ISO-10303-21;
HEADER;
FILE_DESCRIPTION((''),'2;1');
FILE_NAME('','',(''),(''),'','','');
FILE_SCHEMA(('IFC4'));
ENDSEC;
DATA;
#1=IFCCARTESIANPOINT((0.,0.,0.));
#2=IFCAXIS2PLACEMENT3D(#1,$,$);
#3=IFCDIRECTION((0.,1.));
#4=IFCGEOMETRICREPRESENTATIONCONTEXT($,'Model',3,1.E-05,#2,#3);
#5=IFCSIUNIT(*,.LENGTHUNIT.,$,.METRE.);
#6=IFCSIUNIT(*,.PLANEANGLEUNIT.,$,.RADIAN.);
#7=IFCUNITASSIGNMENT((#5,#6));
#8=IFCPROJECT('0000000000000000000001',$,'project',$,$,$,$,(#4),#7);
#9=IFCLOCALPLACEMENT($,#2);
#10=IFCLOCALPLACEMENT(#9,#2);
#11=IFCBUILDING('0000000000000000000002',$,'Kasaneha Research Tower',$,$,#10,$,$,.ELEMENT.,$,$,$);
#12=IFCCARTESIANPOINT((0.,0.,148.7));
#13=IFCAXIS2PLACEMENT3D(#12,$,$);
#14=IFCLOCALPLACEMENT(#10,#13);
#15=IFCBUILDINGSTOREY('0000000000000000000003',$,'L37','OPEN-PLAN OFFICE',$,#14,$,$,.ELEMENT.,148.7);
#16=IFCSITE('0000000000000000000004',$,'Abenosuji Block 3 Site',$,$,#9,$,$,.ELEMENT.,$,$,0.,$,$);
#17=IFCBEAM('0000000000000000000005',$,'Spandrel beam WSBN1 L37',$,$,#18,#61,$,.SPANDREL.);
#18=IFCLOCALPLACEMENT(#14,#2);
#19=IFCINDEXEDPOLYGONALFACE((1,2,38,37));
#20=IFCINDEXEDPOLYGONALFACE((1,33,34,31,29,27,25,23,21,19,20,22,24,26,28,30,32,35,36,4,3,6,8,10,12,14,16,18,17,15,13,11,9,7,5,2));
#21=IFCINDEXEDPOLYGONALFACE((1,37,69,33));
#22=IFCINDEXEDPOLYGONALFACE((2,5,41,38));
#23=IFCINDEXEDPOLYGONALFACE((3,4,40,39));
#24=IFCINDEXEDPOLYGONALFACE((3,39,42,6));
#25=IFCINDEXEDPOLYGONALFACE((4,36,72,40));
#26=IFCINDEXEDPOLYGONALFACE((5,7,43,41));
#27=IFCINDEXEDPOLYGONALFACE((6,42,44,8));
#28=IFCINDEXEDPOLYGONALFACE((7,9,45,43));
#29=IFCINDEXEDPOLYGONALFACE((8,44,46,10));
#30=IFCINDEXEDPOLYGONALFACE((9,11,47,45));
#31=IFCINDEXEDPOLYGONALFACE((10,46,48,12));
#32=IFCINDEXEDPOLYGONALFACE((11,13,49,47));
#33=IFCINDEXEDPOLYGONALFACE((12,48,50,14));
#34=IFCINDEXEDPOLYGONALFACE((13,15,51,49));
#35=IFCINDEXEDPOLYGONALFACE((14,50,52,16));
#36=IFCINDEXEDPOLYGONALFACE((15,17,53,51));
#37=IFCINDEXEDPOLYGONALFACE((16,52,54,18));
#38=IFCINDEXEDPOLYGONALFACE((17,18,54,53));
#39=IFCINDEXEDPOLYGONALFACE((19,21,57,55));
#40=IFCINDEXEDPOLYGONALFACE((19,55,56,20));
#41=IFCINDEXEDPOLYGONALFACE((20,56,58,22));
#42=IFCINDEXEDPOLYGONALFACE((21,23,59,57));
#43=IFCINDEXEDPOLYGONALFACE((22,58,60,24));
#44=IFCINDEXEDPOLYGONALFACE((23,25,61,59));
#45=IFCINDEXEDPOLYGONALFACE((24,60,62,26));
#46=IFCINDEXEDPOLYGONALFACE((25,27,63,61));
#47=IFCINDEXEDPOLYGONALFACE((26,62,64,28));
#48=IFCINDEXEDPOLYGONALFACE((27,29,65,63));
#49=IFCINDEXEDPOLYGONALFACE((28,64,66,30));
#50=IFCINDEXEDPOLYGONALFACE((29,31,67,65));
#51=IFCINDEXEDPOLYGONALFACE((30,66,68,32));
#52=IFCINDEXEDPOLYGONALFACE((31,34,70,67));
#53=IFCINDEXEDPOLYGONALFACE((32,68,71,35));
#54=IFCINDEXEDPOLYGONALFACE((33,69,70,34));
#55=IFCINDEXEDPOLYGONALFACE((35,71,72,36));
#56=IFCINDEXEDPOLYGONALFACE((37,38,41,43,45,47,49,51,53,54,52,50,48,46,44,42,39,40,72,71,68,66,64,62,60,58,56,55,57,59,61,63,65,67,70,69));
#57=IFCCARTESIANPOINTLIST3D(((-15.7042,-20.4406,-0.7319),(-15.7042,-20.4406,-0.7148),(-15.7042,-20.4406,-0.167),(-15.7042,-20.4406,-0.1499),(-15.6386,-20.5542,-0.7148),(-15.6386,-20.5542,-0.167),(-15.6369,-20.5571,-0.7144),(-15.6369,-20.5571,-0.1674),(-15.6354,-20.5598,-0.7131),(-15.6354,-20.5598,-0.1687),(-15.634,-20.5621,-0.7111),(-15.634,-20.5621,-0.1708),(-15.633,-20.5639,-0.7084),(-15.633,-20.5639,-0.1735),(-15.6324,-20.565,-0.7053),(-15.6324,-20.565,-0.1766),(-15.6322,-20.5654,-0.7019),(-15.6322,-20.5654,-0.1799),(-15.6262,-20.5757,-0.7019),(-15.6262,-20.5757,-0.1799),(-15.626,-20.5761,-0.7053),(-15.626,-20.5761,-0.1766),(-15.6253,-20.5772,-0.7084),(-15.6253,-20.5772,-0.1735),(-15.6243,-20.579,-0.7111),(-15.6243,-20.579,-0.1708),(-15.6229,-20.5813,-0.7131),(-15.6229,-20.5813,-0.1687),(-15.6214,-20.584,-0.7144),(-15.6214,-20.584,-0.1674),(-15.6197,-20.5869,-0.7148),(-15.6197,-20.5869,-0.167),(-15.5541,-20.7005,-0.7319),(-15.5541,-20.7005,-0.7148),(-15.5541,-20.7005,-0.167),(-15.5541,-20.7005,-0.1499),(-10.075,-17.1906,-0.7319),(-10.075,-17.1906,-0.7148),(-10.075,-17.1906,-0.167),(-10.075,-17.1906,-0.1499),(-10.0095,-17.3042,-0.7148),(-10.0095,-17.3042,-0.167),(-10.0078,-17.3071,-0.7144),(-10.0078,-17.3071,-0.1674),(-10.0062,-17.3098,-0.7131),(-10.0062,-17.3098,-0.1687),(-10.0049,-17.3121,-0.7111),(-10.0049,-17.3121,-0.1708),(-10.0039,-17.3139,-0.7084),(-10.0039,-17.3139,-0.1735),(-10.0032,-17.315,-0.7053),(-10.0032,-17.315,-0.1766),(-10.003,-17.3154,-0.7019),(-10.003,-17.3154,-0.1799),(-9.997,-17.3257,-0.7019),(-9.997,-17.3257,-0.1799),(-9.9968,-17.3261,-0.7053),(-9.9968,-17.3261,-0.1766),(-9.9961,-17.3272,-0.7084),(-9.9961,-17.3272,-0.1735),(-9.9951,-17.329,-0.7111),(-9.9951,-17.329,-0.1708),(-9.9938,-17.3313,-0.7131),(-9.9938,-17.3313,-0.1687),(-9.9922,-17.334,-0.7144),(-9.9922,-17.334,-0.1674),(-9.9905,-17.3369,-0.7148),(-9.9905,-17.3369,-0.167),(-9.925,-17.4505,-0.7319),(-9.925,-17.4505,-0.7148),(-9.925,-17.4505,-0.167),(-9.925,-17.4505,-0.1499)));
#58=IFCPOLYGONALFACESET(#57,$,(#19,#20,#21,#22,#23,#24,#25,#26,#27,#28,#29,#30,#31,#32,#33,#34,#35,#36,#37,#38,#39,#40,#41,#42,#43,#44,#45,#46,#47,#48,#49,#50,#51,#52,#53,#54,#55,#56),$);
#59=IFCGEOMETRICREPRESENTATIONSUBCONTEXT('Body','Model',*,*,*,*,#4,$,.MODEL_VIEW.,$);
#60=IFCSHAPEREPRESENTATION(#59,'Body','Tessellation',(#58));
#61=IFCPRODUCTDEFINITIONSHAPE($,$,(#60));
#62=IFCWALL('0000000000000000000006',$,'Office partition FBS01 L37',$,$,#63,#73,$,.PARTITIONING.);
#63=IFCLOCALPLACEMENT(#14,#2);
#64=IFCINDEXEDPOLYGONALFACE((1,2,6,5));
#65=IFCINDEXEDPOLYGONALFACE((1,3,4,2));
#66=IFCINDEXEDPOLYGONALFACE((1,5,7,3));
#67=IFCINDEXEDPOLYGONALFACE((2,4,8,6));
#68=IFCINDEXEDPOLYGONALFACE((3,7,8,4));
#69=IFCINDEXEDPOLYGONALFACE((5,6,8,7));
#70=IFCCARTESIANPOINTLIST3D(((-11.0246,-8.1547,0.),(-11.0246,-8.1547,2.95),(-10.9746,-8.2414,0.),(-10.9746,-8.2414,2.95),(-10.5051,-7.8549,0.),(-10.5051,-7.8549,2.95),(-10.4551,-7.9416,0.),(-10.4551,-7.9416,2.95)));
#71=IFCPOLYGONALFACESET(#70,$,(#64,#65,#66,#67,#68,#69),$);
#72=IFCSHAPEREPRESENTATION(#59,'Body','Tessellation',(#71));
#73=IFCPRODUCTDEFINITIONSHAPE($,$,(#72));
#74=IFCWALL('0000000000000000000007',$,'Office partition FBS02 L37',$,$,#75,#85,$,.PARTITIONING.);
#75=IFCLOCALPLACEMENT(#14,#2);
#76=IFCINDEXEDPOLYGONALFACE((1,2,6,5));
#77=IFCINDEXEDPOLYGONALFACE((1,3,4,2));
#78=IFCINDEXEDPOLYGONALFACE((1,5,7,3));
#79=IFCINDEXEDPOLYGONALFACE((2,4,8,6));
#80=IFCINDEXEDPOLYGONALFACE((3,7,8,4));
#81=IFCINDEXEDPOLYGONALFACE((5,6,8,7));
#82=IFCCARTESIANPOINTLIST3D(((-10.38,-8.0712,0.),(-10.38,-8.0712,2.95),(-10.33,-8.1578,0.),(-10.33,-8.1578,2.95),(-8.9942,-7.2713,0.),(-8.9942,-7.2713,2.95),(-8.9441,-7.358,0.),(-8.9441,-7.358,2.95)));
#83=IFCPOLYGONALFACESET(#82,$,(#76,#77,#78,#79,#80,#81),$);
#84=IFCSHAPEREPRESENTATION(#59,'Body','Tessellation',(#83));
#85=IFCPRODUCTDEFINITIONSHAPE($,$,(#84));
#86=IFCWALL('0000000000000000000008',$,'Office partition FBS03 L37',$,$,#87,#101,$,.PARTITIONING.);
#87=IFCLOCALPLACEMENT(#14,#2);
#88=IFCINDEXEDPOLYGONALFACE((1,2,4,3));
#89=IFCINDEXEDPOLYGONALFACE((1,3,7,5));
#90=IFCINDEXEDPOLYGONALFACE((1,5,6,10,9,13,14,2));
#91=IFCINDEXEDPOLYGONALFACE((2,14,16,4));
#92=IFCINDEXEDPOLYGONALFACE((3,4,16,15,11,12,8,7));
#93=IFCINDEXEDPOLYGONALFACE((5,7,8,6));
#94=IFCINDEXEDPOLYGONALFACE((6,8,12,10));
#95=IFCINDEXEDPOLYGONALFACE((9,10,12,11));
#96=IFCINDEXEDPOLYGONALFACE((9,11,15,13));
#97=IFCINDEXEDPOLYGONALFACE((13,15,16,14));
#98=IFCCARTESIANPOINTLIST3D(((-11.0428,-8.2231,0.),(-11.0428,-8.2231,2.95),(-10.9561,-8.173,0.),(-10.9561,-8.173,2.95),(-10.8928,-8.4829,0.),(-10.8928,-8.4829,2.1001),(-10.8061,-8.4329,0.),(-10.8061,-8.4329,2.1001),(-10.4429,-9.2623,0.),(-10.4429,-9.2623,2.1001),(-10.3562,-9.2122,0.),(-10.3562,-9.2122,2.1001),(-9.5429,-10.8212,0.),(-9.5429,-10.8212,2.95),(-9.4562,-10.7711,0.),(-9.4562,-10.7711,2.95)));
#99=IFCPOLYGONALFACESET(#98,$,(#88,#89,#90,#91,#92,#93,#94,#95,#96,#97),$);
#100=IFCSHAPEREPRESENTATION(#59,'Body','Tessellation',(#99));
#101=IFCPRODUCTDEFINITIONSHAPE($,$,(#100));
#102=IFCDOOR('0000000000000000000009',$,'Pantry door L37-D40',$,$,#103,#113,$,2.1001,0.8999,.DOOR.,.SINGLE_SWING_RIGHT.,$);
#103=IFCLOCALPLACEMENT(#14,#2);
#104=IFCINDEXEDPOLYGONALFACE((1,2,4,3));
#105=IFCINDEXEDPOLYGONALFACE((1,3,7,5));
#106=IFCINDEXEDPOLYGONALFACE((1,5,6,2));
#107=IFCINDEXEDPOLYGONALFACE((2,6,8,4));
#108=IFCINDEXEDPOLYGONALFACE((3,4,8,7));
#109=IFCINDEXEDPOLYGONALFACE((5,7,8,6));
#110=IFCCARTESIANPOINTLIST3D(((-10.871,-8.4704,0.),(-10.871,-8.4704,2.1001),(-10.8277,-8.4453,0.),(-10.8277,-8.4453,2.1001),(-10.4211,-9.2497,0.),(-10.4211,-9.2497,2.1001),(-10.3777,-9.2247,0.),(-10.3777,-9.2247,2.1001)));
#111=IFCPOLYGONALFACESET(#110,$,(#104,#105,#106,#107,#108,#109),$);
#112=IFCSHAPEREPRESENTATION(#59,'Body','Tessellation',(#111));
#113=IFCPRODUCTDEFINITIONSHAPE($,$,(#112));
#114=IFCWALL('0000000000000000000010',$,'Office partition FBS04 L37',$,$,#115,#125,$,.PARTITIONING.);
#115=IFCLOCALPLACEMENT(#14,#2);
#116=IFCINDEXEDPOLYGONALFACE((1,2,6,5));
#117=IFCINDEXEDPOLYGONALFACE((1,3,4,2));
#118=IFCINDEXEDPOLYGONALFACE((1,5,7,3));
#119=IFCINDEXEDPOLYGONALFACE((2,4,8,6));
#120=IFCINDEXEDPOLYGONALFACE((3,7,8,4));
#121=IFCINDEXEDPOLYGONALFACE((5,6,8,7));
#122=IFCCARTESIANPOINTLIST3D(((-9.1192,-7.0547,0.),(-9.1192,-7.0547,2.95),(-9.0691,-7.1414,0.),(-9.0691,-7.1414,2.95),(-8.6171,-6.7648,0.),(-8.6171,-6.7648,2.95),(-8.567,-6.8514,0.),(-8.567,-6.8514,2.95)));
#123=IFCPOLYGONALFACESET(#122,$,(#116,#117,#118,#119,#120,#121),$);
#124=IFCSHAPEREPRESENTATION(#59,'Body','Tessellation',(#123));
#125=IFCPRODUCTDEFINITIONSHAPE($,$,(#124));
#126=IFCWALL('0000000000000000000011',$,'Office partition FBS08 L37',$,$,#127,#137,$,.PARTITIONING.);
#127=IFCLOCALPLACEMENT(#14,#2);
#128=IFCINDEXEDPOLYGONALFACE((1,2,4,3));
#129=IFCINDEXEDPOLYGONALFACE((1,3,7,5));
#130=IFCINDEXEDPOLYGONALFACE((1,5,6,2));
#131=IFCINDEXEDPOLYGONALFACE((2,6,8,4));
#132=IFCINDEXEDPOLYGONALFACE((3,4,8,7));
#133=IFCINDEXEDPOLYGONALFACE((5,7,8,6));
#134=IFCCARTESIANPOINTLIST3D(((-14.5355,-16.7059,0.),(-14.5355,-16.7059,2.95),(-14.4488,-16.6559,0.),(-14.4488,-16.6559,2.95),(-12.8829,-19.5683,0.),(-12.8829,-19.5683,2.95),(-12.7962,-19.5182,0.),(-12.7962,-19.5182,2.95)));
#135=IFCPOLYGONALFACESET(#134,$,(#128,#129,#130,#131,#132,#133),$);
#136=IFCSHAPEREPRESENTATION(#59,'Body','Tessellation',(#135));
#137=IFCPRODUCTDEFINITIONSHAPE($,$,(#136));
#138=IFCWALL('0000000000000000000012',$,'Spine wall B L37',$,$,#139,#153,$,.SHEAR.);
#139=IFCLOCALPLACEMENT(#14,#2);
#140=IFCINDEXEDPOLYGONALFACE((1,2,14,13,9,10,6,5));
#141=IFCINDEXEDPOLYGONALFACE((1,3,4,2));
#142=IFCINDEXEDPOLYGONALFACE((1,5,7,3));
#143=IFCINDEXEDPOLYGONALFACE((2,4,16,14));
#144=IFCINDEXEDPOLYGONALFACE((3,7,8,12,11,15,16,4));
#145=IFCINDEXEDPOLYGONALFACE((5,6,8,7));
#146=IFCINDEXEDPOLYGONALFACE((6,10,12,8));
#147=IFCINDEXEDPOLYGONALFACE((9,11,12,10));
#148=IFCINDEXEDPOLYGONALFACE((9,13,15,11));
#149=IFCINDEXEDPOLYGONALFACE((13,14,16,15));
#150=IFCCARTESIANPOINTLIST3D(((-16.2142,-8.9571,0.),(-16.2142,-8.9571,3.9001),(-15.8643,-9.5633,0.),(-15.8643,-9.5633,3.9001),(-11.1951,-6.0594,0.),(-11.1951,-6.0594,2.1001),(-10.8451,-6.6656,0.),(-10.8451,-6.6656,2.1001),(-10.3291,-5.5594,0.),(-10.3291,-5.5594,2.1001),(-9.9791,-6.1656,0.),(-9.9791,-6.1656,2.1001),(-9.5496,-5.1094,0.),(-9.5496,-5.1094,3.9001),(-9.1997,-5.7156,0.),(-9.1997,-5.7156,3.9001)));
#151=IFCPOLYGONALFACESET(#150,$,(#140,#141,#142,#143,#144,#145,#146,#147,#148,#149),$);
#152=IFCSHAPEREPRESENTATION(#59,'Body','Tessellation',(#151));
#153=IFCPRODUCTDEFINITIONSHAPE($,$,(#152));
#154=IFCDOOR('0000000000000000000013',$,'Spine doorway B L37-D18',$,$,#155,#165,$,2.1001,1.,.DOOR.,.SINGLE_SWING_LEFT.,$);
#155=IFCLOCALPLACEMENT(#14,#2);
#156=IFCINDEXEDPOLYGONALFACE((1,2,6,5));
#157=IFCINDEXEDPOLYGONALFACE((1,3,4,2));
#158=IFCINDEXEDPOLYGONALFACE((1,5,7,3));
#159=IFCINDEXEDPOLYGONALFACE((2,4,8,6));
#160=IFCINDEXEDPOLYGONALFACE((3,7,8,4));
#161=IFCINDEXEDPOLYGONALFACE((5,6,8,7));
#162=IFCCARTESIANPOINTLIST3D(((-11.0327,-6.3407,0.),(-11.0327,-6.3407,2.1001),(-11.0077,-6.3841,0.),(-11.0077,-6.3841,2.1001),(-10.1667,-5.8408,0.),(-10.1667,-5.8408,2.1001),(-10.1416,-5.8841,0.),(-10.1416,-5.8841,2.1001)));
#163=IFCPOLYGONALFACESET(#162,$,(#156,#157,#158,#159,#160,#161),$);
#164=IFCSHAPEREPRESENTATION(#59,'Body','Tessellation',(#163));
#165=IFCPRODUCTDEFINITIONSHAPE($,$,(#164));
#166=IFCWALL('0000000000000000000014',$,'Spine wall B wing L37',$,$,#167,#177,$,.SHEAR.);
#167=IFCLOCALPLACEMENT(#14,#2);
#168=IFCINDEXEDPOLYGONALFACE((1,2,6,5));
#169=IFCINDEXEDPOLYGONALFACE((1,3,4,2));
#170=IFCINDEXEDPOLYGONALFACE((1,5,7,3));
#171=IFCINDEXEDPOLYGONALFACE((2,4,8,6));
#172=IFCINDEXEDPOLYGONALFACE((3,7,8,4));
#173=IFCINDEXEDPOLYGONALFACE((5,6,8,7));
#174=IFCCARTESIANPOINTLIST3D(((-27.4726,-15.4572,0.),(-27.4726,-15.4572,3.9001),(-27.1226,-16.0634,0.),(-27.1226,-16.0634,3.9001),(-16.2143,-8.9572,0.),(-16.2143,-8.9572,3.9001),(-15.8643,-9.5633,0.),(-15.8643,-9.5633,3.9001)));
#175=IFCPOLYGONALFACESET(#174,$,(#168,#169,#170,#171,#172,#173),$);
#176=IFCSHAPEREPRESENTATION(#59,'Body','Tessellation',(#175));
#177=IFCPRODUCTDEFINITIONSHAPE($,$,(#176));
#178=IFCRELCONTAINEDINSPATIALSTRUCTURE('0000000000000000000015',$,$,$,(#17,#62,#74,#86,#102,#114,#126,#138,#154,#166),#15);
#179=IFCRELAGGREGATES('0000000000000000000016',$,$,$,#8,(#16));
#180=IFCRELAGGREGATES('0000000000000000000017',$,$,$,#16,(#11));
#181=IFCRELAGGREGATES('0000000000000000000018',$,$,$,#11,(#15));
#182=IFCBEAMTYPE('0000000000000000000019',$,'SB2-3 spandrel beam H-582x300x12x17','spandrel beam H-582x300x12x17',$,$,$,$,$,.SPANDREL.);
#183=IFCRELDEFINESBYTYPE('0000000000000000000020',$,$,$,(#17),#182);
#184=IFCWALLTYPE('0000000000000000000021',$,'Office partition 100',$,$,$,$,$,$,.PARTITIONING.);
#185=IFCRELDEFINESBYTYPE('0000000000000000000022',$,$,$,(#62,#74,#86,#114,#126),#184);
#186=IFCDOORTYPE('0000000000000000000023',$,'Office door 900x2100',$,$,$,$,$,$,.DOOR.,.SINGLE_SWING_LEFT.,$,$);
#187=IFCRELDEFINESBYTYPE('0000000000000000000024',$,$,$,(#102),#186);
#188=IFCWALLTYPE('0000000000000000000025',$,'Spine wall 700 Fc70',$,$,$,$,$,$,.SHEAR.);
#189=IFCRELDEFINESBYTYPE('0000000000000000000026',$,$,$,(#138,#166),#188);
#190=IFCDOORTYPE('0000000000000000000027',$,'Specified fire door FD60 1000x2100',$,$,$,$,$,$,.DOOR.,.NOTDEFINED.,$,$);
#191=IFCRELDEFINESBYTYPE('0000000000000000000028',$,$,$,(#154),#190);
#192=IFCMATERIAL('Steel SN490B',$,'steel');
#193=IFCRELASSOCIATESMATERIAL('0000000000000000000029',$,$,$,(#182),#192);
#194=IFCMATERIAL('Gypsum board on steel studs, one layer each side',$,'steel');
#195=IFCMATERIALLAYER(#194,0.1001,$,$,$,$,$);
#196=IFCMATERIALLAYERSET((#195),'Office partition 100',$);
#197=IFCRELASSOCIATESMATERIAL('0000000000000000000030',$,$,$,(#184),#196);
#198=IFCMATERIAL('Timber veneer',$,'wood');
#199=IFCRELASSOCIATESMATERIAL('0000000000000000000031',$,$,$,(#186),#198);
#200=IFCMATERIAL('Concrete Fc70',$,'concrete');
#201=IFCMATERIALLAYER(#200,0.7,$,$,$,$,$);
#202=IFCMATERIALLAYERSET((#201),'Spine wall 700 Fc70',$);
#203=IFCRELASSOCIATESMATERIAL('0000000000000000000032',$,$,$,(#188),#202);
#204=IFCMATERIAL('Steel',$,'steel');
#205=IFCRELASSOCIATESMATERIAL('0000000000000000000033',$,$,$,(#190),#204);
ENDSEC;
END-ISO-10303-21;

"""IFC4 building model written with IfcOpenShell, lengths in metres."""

from ifc_helpers import new_model, si_unit, direction, frame, frame_2d, origin, origin_2d, place, context, subcontext, project, spatial, rectangle, i_section, extrude, material, layer, layer_set, material_profile, profile_set, type_object, element, fill, save


model = new_model("IFC4")

# Units and contexts
model_context = context("Model", 3, precision=1e-05, world=origin(), true_north=direction((0.0, 1.0)))
body_context = subcontext(model_context, "Body", "Model", "MODEL_VIEW")
ifc_project = project(units=[si_unit("LENGTHUNIT", "METRE"), si_unit("PLANEANGLEUNIT", "RADIAN")], contexts=[model_context])

# Site, building, storey
site_placement = place(None, origin())
site = spatial("IfcSite", under=ifc_project, at=site_placement, Name="Abenosuji Block 3 Site", CompositionType="ELEMENT", RefElevation=0.0)
building_placement = place(site_placement, origin())
building = spatial("IfcBuilding", under=site, at=building_placement, Name="Kasaneha Research Tower", CompositionType="ELEMENT")
storey_placement = place(building_placement, frame((0.0, 0.0, 148.7)))
storey = spatial("IfcBuildingStorey", under=building, at=storey_placement, Name="L37", Description="OPEN-PLAN OFFICE", CompositionType="ELEMENT", Elevation=148.7)

# Beam
ifc_material_1 = material(Name="Steel SN490B", Category="steel")
ifc_material_profile_1 = material_profile(ifc_material_1, i_section(OverallWidth=0.3, OverallDepth=0.582, WebThickness=0.012, FlangeThickness=0.0171, FilletRadius=0.0129, at=origin_2d()), Name="H-582x300x12x17")
ifc_profile_set_1 = profile_set([ifc_material_profile_1], Name="Steel SN490B")
beam_type_1 = type_object("IfcBeamType", Name="SB2-3 spandrel beam H-582x300x12x17", Description="spandrel beam H-582x300x12x17", PredefinedType="SPANDREL", material=ifc_profile_set_1)
beam_1_placement = place(storey_placement, frame((-10.0, -17.3206, -0.4409), z_axis=(-0.866025, -0.500001, 0.0), x_axis=(0.500001, -0.866025, 0.0)))
element("IfcBeam", 1, at=beam_1_placement, inside=storey, type_object=beam_type_1, Name="Spandrel beam WSBN1 L37", PredefinedType="SPANDREL", context=body_context, shape_type="SweptSolid", body=[
    extrude(i_section(OverallWidth=0.3, OverallDepth=0.582, WebThickness=0.012, FlangeThickness=0.0171, FilletRadius=0.0129, at=origin_2d()), origin(), (0.0, 0.0, 1.0), 6.5),
])

# Walls
ifc_material_2 = material(Name="Gypsum board on steel studs, one layer each side", Category="steel")
ifc_layer_1 = layer(ifc_material_2, 0.1001)
ifc_layer_set_1 = layer_set([ifc_layer_1], Name="Office partition 100")
wall_type_1 = type_object("IfcWallType", Name="Office partition 100", PredefinedType="PARTITIONING", material=ifc_layer_set_1)
wall_1_placement = place(storey_placement, frame((-10.9995, -8.198, 0.0), z_axis=(0.0, 0.0, 1.0), x_axis=(0.866131, 0.499816, 0.0)))
element("IfcWall", 2, at=wall_1_placement, inside=storey, type_object=wall_type_1, Name="Office partition FBS01 L37", PredefinedType="PARTITIONING", context=body_context, shape_type="SweptSolid", body=[
    extrude(rectangle(XDim=0.5999, YDim=0.1001, at=frame_2d((0.2998, 0.0))), origin(), (0.0, 0.0, 1.0), 2.95),
])
wall_2_placement = place(storey_placement, frame((-10.355, -8.1145, 0.0), z_axis=(0.0, 0.0, 1.0), x_axis=(0.866094, 0.499881, 0.0)))
element("IfcWall", 3, at=wall_2_placement, inside=storey, type_object=wall_type_1, Name="Office partition FBS02 L37", PredefinedType="PARTITIONING", context=body_context, shape_type="SweptSolid", body=[
    extrude(rectangle(XDim=1.6001, YDim=0.1001, at=frame_2d((0.8, 0.0))), origin(), (0.0, 0.0, 1.0), 2.95),
])

# Wall, opening, door
wall_3_placement = place(storey_placement, frame((-9.4995, -10.7961, 0.0), z_axis=(0.0, 0.0, 1.0), x_axis=(-0.49999, 0.866031, 0.0)))
wall_3 = element("IfcWall", 4, at=wall_3_placement, inside=storey, type_object=wall_type_1, Name="Office partition FBS03 L37", PredefinedType="PARTITIONING", context=body_context, shape_type="SweptSolid", body=[
    extrude(rectangle(XDim=3.0, YDim=0.1001, at=frame_2d((1.5, 0.0))), origin(), (0.0, 0.0, 1.0), 2.95),
])
opening_1_placement = place(wall_3_placement, frame((1.8, 0.0, 0.0)))
opening_1 = element("IfcOpeningElement", 5, at=opening_1_placement, cuts=wall_3, PredefinedType="OPENING", context=body_context, shape_type="SweptSolid", body=[
    extrude(rectangle(XDim=0.8999, YDim=2.1001, at=frame_2d((0.45, 1.05))), frame((0.0, 0.0601, 0.0), z_axis=(0.0, -1.0, 0.0), x_axis=(1.0, 0.0, 0.0)), (0.0, 0.0, 1.0), 0.1201),
])
ifc_material_3 = material(Name="Timber veneer", Category="wood")
door_type_1 = type_object("IfcDoorType", Name="Office door 900x2100", OperationType="SINGLE_SWING_LEFT", PredefinedType="DOOR", material=ifc_material_3)
door_1_placement = place(opening_1_placement, origin())
door_1 = element("IfcDoor", 6, at=door_1_placement, inside=storey, type_object=door_type_1, Name="Pantry door L37-D40", OperationType="SINGLE_SWING_RIGHT", OverallHeight=2.1001, OverallWidth=0.8999, PredefinedType="DOOR", context=body_context, shape_type="SweptSolid", body=[
    extrude(rectangle(XDim=0.8999, YDim=2.1001, at=frame_2d((0.45, 1.05))), frame((0.0, 0.0249, 0.0), z_axis=(0.0, -1.0, 0.0), x_axis=(1.0, 0.0, 0.0)), (0.0, 0.0, 1.0), 0.05),
])
fill(opening_1, door_1)

# Walls
wall_4_placement = place(storey_placement, frame((-9.0942, -7.0981, 0.0), z_axis=(0.0, 0.0, 1.0), x_axis=(0.865954, 0.500123, 0.0)))
element("IfcWall", 7, at=wall_4_placement, inside=storey, type_object=wall_type_1, Name="Office partition FBS04 L37", PredefinedType="PARTITIONING", context=body_context, shape_type="SweptSolid", body=[
    extrude(rectangle(XDim=0.5798, YDim=0.1001, at=frame_2d((0.29, 0.0))), origin(), (0.0, 0.0, 1.0), 2.95),
])
wall_5_placement = place(storey_placement, frame((-14.4922, -16.6809, 0.0), z_axis=(0.0, 0.0, 1.0), x_axis=(0.500008, -0.866021, 0.0)))
element("IfcWall", 8, at=wall_5_placement, inside=storey, type_object=wall_type_1, Name="Office partition FBS08 L37", PredefinedType="PARTITIONING", context=body_context, shape_type="SweptSolid", body=[
    extrude(rectangle(XDim=3.3052, YDim=0.1001, at=frame_2d((1.6526, 0.0))), origin(), (0.0, 0.0, 1.0), 2.95),
])

# Wall, opening, door
ifc_material_4 = material(Name="Concrete Fc70", Category="concrete")
ifc_layer_2 = layer(ifc_material_4, 0.7)
ifc_layer_set_2 = layer_set([ifc_layer_2], Name="Spine wall 700 Fc70")
wall_type_2 = type_object("IfcWallType", Name="Spine wall 700 Fc70", PredefinedType="SHEAR", material=ifc_layer_set_2)
wall_6_placement = place(storey_placement, frame((-9.3748, -5.4126, 0.0), z_axis=(0.0, 0.0, 1.0), x_axis=(-0.866032, -0.499988, 0.0)))
wall_6 = element("IfcWall", 9, at=wall_6_placement, inside=storey, type_object=wall_type_2, Name="Spine wall B L37", PredefinedType="SHEAR", context=body_context, shape_type="SweptSolid", body=[
    extrude(rectangle(XDim=7.6956, YDim=0.7, at=frame_2d((3.8477, 0.0))), origin(), (0.0, 0.0, 1.0), 3.9001),
])
opening_2_placement = place(wall_6_placement, frame((0.8999, 0.0, 0.0)))
opening_2 = element("IfcOpeningElement", 10, at=opening_2_placement, cuts=wall_6, PredefinedType="OPENING", context=body_context, shape_type="SweptSolid", body=[
    extrude(rectangle(XDim=1.0, YDim=2.1001, at=frame_2d((0.5, 1.05))), frame((0.0, 0.3599, 0.0), z_axis=(0.0, -1.0, 0.0), x_axis=(1.0, 0.0, 0.0)), (0.0, 0.0, 1.0), 0.72),
])
ifc_material_5 = material(Name="Steel", Category="steel")
door_type_2 = type_object("IfcDoorType", Name="Specified fire door FD60 1000x2100", OperationType="NOTDEFINED", PredefinedType="DOOR", material=ifc_material_5)
door_2_placement = place(opening_2_placement, origin())
door_2 = element("IfcDoor", 11, at=door_2_placement, inside=storey, type_object=door_type_2, Name="Spine doorway B L37-D18", OperationType="SINGLE_SWING_LEFT", OverallHeight=2.1001, OverallWidth=1.0, PredefinedType="DOOR", context=body_context, shape_type="SweptSolid", body=[
    extrude(rectangle(XDim=1.0, YDim=2.1001, at=frame_2d((0.5, 1.05))), frame((0.0, 0.0249, 0.0), z_axis=(0.0, -1.0, 0.0), x_axis=(1.0, 0.0, 0.0)), (0.0, 0.0, 1.0), 0.05),
])
fill(opening_2, door_2)

# Wall
wall_7_placement = place(storey_placement, frame((-16.0393, -9.2603, 0.0), z_axis=(0.0, 0.0, 1.0), x_axis=(-0.866025, -0.500001, 0.0)))
element("IfcWall", 12, at=wall_7_placement, inside=storey, type_object=wall_type_2, Name="Spine wall B wing L37", PredefinedType="SHEAR", context=body_context, shape_type="SweptSolid", body=[
    extrude(rectangle(XDim=13.0, YDim=0.7, at=frame_2d((6.5, 0.0))), origin(), (0.0, 0.0, 1.0), 3.9001),
])

save(model, "model.ifc")
